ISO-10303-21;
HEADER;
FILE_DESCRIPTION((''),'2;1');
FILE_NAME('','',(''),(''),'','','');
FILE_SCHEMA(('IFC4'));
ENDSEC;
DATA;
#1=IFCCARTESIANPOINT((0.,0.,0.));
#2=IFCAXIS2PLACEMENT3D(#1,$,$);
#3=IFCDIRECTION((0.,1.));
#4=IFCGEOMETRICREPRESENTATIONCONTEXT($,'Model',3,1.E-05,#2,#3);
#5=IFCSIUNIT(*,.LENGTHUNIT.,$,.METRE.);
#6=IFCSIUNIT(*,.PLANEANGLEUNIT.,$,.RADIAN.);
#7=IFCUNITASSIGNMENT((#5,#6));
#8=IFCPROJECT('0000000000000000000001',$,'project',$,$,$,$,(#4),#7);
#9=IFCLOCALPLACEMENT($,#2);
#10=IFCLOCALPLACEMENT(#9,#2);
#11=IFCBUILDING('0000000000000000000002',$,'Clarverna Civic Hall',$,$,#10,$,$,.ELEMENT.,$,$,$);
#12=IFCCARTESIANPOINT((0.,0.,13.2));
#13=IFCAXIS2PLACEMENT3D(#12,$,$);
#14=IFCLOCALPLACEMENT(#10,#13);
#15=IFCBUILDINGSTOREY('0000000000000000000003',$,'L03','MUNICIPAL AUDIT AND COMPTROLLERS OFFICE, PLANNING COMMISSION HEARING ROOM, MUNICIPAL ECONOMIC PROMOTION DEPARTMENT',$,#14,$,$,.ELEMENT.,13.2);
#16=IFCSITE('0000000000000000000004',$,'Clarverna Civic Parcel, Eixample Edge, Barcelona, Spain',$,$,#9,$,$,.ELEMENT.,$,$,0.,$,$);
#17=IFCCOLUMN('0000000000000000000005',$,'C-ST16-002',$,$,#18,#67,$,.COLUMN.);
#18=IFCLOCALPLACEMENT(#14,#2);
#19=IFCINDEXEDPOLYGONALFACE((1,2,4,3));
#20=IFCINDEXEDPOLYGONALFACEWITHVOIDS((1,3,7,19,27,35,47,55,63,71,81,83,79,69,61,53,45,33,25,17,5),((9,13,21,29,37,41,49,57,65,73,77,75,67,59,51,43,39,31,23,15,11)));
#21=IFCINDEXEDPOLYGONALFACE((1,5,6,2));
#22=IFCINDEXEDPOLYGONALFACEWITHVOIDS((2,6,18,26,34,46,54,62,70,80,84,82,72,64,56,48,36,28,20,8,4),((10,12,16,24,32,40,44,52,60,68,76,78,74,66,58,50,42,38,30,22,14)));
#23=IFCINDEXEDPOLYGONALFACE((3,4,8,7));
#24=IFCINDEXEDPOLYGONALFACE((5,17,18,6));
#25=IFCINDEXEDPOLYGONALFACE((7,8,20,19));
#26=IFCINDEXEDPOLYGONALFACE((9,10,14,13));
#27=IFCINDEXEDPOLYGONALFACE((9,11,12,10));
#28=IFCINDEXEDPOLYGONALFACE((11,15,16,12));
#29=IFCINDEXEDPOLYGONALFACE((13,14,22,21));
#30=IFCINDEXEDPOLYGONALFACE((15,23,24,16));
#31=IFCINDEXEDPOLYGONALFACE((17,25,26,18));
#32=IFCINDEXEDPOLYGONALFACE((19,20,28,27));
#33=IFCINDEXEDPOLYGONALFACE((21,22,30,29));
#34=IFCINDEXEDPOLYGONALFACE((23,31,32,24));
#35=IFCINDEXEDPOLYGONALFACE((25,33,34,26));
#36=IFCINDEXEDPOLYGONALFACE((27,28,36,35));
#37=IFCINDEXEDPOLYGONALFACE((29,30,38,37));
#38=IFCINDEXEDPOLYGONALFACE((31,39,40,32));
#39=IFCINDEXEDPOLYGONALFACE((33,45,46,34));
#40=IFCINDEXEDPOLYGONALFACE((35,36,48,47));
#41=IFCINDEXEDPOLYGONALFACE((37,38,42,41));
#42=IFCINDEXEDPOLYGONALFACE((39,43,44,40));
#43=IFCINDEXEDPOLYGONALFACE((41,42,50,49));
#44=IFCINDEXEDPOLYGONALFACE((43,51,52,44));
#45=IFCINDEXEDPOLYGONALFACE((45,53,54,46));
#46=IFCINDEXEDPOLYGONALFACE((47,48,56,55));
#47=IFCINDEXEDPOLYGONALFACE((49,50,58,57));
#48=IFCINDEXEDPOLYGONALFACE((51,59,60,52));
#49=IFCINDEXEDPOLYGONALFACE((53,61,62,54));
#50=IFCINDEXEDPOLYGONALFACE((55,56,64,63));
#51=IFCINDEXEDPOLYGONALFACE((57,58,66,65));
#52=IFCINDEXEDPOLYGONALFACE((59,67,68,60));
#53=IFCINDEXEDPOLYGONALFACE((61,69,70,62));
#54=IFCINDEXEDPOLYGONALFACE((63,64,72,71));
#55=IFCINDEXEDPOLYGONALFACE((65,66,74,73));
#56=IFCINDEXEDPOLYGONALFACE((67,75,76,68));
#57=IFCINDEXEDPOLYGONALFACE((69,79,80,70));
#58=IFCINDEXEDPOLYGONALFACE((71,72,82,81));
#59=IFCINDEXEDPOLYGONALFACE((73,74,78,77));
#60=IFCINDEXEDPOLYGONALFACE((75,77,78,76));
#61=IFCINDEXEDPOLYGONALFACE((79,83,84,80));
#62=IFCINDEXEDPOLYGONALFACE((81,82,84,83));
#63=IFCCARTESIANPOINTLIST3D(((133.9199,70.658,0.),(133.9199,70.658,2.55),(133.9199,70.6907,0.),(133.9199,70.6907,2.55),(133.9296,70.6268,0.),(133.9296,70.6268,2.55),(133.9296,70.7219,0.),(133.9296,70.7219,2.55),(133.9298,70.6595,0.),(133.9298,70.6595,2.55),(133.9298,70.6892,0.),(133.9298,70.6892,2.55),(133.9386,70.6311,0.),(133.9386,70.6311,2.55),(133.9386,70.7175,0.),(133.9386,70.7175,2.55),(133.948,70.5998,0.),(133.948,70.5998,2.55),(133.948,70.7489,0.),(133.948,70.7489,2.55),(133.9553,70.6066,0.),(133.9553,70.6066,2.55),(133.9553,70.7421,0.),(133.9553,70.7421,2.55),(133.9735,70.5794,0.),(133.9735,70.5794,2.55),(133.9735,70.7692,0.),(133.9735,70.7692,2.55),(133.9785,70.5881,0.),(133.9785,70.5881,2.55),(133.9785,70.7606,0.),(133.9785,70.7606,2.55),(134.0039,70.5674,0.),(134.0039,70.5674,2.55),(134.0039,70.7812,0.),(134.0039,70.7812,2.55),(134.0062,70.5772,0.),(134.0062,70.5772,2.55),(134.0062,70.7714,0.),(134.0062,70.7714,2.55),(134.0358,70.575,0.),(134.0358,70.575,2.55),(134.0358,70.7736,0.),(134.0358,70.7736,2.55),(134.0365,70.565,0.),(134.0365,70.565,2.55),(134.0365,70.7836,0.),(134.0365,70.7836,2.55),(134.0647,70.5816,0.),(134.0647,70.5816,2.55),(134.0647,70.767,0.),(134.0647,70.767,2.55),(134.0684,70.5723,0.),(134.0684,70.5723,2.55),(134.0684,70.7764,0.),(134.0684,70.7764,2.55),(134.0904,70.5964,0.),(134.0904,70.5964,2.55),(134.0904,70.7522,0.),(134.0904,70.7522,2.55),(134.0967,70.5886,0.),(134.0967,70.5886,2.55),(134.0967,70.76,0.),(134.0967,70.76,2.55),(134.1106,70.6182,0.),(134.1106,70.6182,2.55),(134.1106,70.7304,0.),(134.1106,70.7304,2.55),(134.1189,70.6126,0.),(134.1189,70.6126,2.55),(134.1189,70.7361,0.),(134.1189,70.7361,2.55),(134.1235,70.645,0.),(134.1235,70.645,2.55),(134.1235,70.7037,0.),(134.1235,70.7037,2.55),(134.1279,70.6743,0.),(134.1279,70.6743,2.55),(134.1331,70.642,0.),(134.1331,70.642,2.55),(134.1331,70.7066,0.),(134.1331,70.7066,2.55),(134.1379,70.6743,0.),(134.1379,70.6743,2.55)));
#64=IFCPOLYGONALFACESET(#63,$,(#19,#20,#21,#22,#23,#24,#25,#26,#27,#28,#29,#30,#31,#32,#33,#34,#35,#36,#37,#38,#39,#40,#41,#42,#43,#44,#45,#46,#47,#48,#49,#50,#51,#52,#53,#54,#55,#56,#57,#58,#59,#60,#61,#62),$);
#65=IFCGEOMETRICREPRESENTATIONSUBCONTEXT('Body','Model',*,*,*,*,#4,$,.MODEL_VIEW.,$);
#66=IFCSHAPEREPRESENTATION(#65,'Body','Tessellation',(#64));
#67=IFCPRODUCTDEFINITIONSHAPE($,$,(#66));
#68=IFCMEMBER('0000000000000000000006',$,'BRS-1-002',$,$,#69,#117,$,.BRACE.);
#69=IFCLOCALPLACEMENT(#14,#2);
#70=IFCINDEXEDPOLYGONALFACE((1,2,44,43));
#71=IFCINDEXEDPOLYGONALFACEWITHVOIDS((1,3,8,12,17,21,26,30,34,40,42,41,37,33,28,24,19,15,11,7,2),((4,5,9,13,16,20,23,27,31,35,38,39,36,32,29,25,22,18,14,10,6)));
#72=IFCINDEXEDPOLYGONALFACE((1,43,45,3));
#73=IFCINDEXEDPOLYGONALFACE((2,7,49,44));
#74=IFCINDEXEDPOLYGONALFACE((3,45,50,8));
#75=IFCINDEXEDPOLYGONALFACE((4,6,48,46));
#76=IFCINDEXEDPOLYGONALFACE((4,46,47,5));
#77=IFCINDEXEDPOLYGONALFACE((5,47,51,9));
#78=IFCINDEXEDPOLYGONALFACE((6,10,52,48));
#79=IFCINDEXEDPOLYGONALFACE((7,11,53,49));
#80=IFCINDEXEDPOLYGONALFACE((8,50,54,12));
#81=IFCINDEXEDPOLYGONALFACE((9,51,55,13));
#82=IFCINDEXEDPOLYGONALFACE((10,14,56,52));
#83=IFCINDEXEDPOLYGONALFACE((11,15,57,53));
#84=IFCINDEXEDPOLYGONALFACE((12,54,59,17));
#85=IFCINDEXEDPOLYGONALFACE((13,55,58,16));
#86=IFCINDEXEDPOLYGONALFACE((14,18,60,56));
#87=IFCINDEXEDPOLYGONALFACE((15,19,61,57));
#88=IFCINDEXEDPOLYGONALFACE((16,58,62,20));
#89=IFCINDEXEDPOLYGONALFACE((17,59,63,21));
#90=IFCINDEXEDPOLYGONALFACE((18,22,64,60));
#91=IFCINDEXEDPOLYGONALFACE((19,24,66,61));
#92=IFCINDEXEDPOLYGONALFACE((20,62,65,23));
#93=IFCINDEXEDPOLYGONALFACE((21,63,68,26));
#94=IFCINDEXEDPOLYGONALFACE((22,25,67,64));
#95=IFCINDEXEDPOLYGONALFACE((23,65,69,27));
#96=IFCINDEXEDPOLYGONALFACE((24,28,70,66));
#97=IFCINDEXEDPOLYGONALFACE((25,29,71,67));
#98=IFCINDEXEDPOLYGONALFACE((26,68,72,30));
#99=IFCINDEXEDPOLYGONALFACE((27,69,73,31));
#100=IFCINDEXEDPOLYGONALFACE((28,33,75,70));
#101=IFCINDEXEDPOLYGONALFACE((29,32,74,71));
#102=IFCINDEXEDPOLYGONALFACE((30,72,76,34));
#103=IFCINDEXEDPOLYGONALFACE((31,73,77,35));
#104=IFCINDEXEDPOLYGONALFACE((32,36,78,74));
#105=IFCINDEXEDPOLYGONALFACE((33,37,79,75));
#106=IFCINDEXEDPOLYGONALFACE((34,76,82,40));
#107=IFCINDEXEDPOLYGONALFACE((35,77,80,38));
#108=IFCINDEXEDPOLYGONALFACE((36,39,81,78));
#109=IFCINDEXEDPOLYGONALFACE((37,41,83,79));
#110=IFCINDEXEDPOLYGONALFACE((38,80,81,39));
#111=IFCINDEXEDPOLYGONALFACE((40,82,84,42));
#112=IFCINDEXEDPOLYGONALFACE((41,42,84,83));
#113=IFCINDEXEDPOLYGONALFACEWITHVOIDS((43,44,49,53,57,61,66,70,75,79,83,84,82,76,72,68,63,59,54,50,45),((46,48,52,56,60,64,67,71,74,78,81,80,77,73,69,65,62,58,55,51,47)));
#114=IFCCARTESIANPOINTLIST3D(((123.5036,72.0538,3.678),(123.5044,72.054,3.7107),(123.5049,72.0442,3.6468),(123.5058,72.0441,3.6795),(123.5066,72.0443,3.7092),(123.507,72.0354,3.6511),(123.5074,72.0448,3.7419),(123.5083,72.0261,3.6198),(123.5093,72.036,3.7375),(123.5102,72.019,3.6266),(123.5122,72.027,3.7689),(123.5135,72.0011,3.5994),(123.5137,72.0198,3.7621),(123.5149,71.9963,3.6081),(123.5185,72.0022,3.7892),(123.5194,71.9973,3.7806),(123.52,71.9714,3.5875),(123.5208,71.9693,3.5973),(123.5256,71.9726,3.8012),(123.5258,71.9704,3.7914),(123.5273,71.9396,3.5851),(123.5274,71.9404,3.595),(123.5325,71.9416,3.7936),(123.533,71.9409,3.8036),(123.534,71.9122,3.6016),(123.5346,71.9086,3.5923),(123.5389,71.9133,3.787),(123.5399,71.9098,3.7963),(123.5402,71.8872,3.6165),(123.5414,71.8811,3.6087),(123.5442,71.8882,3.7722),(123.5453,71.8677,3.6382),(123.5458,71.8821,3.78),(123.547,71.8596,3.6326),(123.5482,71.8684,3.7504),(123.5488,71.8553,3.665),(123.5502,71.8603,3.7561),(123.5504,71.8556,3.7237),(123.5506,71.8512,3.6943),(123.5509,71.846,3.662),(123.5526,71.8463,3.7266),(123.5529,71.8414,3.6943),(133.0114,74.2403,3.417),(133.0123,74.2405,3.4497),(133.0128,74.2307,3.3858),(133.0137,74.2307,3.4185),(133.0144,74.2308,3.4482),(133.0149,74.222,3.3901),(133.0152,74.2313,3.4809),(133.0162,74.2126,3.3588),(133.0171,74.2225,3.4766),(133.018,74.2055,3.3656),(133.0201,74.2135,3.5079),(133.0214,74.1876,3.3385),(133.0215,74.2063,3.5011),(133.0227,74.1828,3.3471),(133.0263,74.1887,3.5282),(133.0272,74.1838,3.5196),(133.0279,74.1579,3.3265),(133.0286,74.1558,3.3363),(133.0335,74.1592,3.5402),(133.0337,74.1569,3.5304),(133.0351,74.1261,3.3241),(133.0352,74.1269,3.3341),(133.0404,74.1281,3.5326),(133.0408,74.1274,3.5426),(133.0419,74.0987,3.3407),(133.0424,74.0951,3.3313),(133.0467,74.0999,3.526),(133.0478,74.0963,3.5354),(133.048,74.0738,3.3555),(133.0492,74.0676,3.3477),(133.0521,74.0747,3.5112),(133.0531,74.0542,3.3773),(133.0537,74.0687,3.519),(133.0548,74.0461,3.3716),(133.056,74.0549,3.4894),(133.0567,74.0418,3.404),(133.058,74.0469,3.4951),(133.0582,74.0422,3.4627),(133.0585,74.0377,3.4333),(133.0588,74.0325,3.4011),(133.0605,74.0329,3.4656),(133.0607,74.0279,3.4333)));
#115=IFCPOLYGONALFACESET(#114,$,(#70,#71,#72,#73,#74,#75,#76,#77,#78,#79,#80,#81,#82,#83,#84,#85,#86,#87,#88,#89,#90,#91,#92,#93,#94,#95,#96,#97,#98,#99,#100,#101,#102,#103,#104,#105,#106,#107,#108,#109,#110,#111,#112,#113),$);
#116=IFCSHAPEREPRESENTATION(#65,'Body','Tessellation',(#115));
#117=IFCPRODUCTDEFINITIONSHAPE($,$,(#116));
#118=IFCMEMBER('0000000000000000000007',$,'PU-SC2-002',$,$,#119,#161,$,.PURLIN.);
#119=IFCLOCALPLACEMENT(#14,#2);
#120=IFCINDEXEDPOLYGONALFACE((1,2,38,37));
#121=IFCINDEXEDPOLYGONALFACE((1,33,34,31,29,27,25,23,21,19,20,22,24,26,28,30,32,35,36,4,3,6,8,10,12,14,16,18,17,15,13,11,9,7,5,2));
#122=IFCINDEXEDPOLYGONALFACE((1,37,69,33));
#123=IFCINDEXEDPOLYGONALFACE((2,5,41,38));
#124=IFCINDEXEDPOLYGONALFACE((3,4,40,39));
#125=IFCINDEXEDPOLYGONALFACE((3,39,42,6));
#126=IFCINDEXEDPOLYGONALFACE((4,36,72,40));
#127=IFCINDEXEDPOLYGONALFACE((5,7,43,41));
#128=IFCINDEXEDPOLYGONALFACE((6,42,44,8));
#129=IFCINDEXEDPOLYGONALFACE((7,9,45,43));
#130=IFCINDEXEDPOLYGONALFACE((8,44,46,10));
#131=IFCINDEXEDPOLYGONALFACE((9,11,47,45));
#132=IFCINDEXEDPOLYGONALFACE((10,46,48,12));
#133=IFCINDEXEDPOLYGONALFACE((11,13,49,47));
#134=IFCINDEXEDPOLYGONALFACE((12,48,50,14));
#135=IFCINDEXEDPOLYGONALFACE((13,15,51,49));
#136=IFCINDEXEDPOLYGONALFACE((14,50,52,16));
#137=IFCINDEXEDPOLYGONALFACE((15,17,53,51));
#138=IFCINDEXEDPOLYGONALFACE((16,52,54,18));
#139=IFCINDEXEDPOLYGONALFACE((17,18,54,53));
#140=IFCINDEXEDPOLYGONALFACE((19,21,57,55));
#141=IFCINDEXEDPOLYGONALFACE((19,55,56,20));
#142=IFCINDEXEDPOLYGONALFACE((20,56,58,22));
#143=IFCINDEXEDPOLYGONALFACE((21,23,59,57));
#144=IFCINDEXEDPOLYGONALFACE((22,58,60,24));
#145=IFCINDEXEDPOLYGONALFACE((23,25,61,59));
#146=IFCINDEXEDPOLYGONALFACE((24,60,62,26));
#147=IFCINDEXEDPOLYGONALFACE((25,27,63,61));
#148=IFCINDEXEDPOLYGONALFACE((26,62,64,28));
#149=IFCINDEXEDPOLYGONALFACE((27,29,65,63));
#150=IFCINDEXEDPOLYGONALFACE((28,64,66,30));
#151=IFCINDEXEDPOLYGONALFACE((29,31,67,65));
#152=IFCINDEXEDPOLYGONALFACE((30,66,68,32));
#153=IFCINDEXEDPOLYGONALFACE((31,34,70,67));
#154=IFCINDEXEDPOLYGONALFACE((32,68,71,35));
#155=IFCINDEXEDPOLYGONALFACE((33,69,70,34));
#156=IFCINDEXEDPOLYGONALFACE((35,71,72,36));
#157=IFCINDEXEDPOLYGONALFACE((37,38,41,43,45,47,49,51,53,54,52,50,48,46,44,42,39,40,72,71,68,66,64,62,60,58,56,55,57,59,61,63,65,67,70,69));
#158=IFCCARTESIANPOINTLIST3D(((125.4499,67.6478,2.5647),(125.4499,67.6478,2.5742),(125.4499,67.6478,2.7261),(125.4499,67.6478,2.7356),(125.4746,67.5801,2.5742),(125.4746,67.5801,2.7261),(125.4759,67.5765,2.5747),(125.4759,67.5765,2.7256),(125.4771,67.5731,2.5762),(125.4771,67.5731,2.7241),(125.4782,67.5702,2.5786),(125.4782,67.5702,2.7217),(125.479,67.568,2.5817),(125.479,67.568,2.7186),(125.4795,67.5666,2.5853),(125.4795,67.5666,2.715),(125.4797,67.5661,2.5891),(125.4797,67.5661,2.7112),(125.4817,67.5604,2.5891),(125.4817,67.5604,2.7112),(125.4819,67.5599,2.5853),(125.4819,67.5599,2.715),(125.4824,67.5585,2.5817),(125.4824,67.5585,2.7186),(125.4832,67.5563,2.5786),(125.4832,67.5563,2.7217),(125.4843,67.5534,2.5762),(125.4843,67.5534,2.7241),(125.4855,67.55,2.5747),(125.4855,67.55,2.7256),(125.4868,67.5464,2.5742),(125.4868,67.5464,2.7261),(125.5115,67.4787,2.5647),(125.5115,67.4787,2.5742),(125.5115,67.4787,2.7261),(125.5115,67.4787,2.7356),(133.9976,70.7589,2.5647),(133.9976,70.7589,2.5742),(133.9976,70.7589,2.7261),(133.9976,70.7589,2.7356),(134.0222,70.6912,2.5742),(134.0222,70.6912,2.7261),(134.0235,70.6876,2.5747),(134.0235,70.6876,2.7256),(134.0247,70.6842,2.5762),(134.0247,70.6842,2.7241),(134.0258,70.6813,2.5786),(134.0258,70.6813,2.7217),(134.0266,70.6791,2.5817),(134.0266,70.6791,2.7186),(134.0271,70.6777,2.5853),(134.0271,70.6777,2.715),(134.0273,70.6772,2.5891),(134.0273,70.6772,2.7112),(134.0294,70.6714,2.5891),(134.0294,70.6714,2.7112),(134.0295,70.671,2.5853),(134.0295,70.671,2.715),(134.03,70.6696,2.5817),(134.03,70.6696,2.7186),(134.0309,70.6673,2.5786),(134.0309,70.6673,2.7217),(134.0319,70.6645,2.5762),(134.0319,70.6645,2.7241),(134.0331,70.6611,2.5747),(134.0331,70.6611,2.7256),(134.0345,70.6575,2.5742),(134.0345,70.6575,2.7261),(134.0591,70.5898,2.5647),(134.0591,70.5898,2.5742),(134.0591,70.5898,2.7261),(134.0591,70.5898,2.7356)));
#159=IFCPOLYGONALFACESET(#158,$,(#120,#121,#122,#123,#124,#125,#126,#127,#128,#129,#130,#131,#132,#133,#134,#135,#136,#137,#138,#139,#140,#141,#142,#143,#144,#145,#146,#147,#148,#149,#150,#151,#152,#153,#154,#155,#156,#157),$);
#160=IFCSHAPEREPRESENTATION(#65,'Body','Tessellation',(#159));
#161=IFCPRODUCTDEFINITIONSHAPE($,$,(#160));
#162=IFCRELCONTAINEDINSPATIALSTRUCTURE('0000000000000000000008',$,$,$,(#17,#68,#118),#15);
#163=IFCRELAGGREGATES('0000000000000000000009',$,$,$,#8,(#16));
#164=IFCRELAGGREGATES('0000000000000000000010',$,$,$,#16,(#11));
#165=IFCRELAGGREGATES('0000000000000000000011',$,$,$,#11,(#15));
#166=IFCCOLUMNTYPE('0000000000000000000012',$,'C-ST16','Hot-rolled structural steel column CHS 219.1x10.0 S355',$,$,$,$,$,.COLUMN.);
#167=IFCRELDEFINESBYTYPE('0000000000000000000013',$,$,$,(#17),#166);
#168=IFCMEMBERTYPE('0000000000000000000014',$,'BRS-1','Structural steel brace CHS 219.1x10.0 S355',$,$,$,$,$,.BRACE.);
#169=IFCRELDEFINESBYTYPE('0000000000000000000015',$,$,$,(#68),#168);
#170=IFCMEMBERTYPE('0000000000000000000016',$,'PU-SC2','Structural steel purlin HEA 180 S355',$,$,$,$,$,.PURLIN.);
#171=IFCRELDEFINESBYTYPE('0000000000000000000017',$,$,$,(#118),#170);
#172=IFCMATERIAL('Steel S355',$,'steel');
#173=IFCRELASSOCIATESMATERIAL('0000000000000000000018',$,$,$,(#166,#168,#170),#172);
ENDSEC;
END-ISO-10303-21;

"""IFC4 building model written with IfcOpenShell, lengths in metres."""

from ifc_helpers import new_model, si_unit, direction, frame, origin, origin_2d, place, context, subcontext, project, spatial, hollow_circle, i_section, extrude, material, material_profile, profile_set, type_object, element, save


model = new_model("IFC4")

# Units and contexts
model_context = context("Model", 3, precision=1e-05, world=origin(), true_north=direction((0.0, 1.0)))
body_context = subcontext(model_context, "Body", "Model", "MODEL_VIEW")
ifc_project = project(units=[si_unit("LENGTHUNIT", "METRE"), si_unit("PLANEANGLEUNIT", "RADIAN")], contexts=[model_context])

# Site, building, storey
site_placement = place(None, origin())
site = spatial("IfcSite", under=ifc_project, at=site_placement, Name="Clarverna Civic Parcel, Eixample Edge, Barcelona, Spain", CompositionType="ELEMENT", RefElevation=0.0)
building_placement = place(site_placement, origin())
building = spatial("IfcBuilding", under=site, at=building_placement, Name="Clarverna Civic Hall", CompositionType="ELEMENT")
storey_placement = place(building_placement, frame((0.0, 0.0, 13.2)))
storey = spatial("IfcBuildingStorey", under=building, at=storey_placement, Name="L03", Description="MUNICIPAL AUDIT AND COMPTROLLERS OFFICE, PLANNING COMMISSION HEARING ROOM, MUNICIPAL ECONOMIC PROMOTION DEPARTMENT", CompositionType="ELEMENT", Elevation=13.2)

# Column
ifc_material_1 = material(Name="Steel S355", Category="steel")
ifc_material_profile_1 = material_profile(ifc_material_1, hollow_circle(Radius=0.1096, WallThickness=0.01, at=origin_2d()), Name="CHS 219.1x10.0")
ifc_profile_set_1 = profile_set([ifc_material_profile_1], Name="Steel S355")
column_type = type_object("IfcColumnType", Name="C-ST16", Description="Hot-rolled structural steel column CHS 219.1x10.0 S355", PredefinedType="COLUMN", material=ifc_profile_set_1)
column_placement = place(storey_placement, frame((134.0283, 70.6743, 0.0), z_axis=(0.0, 0.0, 1.0), x_axis=(1.0, 0.0, 0.0)))
element("IfcColumn", 1, at=column_placement, inside=storey, type_object=column_type, Name="C-ST16-002", PredefinedType="COLUMN", context=body_context, shape_type="SweptSolid", body=[
    extrude(hollow_circle(Radius=0.1096, WallThickness=0.01, at=origin_2d()), origin(), (0.0, 0.0, 1.0), 2.55),
])

# Members
ifc_material_profile_2 = material_profile(ifc_material_1, hollow_circle(Radius=0.1096, WallThickness=0.01, at=origin_2d()), Name="CHS 219.1x10.0")
ifc_profile_set_2 = profile_set([ifc_material_profile_2], Name="Steel S355")
member_type_1 = type_object("IfcMemberType", Name="BRS-1", Description="Structural steel brace CHS 219.1x10.0 S355", PredefinedType="BRACE", material=ifc_profile_set_2)
member_1_placement = place(storey_placement, frame((133.0361, 74.1348, 3.4333), z_axis=(-0.974213, -0.224041, 0.026742), x_axis=(0.224121, -0.974561, 0.0)))
element("IfcMember", 2, at=member_1_placement, inside=storey, type_object=member_type_1, Name="BRS-1-002", PredefinedType="BRACE", context=body_context, shape_type="SweptSolid", body=[
    extrude(hollow_circle(Radius=0.1096, WallThickness=0.01, at=origin_2d()), origin(), (0.0, 0.0, 1.0), 9.7595),
])
ifc_material_profile_3 = material_profile(ifc_material_1, i_section(OverallWidth=0.1799, OverallDepth=0.1709, WebThickness=0.0061, FlangeThickness=0.0095, FilletRadius=0.0149, at=origin_2d()), Name="HEA 180")
ifc_profile_set_3 = profile_set([ifc_material_profile_3], Name="Steel S355")
member_type_2 = type_object("IfcMemberType", Name="PU-SC2", Description="Structural steel purlin HEA 180 S355", PredefinedType="PURLIN", material=ifc_profile_set_3)
member_2_placement = place(storey_placement, frame((134.0283, 70.6743, 2.6501), z_axis=(-0.939692, -0.342021, 0.0), x_axis=(0.342021, -0.939692, 0.0)))
element("IfcMember", 3, at=member_2_placement, inside=storey, type_object=member_type_2, Name="PU-SC2-002", PredefinedType="PURLIN", context=body_context, shape_type="SweptSolid", body=[
    extrude(i_section(OverallWidth=0.1799, OverallDepth=0.1709, WebThickness=0.0061, FlangeThickness=0.0095, FilletRadius=0.0149, at=origin_2d()), origin(), (0.0, 0.0, 1.0), 9.0962),
])

save(model, "model.ifc")
